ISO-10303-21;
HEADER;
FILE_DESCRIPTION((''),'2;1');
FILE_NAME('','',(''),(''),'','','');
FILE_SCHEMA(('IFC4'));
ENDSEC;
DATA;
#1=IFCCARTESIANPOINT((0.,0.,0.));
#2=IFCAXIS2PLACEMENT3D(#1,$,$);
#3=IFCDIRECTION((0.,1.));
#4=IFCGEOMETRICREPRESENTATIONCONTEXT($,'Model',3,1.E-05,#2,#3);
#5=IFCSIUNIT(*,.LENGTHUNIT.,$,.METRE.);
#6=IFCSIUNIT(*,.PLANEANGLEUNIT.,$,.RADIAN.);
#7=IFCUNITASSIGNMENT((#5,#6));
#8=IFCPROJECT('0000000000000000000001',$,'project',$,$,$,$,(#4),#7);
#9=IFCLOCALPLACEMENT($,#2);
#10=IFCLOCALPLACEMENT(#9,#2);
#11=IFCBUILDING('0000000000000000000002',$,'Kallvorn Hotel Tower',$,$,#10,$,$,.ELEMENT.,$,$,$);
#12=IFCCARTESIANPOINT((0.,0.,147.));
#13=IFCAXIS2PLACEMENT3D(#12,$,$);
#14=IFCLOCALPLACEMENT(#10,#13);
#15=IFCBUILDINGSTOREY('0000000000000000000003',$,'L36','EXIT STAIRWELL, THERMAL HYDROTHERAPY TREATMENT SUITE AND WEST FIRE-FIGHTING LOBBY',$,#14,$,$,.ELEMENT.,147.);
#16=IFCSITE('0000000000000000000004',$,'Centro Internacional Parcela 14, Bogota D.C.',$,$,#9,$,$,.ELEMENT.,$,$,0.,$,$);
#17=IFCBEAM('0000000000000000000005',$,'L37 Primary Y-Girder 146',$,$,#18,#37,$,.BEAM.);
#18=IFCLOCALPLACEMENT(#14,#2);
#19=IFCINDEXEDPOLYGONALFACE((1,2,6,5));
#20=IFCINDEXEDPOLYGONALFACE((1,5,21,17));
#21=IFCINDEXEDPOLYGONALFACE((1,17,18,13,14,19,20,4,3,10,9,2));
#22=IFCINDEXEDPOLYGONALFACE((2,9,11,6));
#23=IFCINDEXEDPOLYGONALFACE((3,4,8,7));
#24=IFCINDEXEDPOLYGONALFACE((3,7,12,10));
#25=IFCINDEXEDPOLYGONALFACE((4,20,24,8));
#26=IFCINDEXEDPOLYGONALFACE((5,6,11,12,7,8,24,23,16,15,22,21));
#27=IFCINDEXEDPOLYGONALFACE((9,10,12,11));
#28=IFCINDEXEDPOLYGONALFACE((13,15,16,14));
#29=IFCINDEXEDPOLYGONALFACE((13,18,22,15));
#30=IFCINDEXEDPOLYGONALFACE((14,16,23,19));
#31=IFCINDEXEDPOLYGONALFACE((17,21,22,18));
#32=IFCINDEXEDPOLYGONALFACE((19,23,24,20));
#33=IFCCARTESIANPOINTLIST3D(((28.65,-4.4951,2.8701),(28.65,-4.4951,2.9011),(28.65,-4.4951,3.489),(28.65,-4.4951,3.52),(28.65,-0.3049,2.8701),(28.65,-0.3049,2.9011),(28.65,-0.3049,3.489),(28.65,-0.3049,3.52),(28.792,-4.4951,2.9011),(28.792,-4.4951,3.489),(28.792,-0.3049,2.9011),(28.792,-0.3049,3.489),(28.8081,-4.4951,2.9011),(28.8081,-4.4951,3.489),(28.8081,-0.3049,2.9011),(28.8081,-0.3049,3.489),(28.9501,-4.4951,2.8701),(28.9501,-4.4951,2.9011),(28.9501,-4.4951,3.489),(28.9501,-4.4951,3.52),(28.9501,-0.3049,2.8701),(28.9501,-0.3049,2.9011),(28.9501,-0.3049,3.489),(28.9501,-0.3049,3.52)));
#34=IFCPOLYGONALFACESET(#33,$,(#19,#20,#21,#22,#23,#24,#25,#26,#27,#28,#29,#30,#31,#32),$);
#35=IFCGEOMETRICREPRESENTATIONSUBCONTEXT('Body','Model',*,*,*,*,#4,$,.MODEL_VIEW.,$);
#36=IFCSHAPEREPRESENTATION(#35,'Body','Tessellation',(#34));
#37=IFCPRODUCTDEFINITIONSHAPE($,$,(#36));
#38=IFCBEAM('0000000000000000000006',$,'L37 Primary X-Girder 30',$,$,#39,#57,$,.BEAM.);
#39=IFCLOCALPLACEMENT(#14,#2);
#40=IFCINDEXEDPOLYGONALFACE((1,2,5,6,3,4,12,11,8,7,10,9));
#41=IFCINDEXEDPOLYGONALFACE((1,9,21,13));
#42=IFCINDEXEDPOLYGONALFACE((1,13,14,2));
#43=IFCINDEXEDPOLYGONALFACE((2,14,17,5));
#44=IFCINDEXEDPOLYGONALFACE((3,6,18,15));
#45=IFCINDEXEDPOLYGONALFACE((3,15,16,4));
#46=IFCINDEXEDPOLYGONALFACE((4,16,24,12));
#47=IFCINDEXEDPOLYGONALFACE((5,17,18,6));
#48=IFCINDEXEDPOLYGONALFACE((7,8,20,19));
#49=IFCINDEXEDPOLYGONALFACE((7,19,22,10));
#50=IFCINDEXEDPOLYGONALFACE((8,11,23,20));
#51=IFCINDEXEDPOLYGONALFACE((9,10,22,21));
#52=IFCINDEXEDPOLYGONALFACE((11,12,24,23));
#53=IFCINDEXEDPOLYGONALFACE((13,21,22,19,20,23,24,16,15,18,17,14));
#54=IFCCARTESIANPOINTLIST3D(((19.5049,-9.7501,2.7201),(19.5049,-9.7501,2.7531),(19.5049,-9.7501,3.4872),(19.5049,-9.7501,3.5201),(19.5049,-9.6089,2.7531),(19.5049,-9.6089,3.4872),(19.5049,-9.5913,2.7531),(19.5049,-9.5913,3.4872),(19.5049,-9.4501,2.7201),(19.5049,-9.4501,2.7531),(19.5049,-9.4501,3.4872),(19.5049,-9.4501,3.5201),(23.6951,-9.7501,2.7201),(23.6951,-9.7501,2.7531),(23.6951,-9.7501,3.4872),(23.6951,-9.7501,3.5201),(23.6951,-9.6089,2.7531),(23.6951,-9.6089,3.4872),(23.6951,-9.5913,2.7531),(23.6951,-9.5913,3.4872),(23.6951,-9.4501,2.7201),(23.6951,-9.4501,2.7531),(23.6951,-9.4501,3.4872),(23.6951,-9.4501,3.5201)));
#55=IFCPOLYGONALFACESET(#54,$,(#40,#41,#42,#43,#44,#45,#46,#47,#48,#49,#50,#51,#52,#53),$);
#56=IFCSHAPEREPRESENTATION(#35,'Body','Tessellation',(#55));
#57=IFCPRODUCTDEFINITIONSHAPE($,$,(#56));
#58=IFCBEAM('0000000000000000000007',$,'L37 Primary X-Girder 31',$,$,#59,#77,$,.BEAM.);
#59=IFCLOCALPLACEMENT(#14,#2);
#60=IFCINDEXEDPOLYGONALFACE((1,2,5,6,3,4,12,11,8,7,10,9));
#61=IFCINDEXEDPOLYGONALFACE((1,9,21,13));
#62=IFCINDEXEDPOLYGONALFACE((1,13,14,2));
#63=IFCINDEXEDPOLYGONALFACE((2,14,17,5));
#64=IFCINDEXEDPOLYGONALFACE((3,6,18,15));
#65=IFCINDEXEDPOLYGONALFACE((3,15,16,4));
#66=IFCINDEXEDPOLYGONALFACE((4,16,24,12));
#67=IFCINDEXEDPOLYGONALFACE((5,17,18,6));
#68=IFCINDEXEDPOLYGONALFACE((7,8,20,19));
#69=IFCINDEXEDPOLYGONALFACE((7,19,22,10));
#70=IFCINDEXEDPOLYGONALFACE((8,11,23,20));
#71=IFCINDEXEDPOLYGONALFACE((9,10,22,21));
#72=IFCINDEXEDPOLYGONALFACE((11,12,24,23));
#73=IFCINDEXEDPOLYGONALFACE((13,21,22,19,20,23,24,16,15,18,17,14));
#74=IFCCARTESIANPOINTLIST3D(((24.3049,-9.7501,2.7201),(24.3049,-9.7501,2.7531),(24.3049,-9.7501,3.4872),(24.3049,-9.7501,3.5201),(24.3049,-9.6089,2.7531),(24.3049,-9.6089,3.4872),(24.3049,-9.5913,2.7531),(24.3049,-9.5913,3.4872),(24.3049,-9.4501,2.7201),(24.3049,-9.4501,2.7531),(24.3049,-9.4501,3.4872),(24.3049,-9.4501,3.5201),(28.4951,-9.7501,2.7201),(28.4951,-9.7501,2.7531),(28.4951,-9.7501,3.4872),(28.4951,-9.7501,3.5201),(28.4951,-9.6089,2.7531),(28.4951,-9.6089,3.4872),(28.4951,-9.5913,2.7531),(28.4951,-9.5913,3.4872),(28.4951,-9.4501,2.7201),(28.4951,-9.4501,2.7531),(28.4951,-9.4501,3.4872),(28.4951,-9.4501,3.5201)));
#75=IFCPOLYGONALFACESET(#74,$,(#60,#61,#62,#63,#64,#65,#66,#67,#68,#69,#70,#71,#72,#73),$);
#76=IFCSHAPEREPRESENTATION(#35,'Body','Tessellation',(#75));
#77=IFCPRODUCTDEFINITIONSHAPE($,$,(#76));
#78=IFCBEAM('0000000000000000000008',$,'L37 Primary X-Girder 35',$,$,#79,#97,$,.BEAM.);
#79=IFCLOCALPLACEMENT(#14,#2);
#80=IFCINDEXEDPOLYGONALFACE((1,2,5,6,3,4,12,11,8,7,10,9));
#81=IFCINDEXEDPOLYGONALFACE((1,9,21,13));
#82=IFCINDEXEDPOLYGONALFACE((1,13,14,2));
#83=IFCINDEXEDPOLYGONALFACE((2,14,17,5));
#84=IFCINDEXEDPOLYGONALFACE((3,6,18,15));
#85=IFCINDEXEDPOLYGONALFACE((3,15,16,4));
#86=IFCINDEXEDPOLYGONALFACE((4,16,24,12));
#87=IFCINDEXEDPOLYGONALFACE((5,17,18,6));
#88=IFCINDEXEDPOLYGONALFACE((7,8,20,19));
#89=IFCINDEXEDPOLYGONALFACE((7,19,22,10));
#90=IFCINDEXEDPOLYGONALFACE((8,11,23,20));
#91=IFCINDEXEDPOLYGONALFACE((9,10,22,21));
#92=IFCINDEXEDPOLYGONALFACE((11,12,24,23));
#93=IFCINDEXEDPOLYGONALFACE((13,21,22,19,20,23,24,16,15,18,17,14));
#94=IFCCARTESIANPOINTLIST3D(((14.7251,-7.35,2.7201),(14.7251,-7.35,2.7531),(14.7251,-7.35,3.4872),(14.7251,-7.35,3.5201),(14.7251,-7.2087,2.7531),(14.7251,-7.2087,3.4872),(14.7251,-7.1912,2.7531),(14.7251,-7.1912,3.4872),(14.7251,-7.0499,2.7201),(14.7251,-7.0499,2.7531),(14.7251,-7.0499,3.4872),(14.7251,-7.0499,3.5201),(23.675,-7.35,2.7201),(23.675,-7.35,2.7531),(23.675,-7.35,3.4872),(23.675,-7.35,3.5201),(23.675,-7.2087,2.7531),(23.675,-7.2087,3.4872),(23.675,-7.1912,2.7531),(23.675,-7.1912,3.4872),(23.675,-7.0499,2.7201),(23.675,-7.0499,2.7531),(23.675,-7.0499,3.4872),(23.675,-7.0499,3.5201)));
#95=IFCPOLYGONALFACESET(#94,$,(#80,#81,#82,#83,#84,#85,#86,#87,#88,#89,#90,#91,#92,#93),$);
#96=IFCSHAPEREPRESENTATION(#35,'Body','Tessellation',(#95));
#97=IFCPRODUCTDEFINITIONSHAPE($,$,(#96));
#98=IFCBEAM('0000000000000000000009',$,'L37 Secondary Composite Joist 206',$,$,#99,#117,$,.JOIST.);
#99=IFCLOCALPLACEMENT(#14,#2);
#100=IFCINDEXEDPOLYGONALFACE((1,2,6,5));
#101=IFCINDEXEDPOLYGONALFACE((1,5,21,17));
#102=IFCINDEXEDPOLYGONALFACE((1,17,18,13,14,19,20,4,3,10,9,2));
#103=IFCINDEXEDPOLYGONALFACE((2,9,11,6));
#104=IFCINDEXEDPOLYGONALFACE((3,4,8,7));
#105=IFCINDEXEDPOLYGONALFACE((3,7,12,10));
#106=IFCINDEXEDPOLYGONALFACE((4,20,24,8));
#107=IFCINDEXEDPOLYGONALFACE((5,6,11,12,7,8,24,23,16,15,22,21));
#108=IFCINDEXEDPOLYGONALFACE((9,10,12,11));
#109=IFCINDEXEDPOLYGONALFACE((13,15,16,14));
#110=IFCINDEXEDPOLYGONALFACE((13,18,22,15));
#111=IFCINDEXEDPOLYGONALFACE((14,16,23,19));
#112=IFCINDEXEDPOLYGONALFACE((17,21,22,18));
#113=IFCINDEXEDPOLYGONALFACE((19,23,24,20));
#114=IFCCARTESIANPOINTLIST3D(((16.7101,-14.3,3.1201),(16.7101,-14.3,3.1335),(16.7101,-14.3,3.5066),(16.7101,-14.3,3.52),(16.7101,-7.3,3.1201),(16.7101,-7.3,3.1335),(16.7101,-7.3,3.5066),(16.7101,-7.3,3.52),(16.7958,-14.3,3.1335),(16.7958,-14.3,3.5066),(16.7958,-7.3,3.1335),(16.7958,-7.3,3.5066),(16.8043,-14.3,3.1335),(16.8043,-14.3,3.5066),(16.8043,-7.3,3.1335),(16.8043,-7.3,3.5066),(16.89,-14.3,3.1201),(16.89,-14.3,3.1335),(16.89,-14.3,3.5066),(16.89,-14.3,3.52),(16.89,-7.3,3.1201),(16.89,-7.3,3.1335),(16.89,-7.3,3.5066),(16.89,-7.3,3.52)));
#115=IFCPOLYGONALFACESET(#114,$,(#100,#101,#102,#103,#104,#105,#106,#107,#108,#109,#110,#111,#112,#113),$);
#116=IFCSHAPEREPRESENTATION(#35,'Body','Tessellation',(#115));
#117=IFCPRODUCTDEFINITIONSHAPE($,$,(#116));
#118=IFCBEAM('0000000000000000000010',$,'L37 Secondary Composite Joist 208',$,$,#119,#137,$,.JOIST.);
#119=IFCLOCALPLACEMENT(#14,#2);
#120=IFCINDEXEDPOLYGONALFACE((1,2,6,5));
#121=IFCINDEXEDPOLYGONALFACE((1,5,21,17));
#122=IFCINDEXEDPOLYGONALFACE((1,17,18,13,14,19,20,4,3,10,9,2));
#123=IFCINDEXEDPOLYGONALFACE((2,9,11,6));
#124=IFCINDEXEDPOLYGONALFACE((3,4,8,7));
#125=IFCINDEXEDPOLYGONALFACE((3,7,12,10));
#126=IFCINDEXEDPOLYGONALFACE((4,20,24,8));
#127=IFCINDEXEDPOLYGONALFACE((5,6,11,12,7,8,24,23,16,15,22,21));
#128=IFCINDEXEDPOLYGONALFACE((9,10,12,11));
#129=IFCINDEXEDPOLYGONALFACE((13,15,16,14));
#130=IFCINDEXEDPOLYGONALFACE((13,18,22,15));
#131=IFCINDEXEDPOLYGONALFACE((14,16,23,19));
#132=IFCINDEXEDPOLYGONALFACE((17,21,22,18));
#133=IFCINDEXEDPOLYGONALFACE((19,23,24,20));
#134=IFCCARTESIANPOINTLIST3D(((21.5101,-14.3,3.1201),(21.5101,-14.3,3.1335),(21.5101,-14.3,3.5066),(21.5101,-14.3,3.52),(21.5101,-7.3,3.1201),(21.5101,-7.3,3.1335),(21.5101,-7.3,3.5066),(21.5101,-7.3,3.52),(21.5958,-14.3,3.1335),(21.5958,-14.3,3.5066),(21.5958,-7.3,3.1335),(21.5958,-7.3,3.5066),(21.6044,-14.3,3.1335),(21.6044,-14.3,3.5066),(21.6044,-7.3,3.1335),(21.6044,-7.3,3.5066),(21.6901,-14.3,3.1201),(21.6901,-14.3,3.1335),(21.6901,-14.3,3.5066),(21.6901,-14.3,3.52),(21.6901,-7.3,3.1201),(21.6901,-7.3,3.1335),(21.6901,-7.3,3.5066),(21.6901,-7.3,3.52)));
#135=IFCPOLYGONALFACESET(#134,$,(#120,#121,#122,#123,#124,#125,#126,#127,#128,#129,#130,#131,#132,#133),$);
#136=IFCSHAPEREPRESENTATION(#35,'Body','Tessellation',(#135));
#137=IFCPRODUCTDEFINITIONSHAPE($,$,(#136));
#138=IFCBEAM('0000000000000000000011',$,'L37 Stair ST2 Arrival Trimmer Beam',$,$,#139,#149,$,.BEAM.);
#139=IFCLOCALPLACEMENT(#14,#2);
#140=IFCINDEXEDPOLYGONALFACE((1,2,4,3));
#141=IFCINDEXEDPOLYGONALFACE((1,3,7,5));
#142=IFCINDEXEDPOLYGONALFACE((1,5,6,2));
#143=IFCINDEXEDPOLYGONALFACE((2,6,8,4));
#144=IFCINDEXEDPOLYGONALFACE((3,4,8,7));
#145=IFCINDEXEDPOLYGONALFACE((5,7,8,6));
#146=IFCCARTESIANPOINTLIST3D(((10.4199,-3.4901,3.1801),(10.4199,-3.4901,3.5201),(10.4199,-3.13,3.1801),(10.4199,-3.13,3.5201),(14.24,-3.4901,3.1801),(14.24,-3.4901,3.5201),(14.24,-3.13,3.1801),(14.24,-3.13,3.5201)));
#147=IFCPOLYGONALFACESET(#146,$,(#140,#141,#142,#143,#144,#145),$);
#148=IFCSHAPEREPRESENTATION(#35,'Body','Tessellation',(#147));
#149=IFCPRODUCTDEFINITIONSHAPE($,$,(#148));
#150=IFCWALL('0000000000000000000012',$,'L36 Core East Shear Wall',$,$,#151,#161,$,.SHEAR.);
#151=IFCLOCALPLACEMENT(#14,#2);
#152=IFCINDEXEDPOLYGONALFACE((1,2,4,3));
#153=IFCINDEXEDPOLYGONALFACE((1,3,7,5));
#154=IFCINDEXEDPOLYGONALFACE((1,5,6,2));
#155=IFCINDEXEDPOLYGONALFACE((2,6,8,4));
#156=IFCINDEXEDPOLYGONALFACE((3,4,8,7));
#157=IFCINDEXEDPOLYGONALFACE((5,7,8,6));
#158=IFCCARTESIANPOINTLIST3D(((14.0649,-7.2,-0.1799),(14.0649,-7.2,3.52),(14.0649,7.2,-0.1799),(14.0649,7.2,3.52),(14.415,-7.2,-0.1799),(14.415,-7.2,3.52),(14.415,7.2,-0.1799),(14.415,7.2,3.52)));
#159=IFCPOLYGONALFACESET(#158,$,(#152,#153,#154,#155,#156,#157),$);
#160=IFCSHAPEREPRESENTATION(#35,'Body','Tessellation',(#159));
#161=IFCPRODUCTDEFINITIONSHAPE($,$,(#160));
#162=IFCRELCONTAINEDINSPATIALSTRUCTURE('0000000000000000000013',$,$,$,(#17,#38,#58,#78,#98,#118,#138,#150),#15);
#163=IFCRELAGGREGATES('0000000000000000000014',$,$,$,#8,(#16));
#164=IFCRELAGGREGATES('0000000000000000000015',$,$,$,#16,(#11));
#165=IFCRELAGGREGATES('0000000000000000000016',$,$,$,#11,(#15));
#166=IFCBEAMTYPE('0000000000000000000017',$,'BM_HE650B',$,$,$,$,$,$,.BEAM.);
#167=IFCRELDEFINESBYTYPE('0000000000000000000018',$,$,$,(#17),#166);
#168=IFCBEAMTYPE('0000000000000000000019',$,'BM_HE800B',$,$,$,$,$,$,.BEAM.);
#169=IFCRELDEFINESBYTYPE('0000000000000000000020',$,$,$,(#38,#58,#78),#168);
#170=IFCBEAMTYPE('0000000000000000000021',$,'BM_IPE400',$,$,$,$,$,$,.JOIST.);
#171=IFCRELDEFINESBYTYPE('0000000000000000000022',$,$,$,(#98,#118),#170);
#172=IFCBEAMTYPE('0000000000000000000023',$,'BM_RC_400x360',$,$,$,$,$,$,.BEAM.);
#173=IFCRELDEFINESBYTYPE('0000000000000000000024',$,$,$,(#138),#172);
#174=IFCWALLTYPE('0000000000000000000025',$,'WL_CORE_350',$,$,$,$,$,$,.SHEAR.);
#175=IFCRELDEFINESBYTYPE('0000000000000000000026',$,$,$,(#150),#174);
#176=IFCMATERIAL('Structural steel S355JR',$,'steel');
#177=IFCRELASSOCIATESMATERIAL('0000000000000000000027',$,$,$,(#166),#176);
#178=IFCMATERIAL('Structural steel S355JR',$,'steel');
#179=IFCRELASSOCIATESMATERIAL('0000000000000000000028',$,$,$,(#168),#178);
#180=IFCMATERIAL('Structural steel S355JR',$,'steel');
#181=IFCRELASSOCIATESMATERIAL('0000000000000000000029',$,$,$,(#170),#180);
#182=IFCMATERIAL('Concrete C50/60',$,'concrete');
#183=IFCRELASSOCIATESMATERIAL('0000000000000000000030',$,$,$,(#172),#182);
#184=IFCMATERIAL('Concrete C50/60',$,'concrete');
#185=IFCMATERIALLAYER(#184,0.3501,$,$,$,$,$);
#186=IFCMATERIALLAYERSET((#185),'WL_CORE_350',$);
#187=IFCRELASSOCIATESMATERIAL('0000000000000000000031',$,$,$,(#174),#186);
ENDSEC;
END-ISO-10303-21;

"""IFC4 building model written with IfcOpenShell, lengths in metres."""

from ifc_helpers import new_model, si_unit, direction, frame, frame_2d, origin, origin_2d, place, context, subcontext, project, spatial, rectangle, i_section, extrude, material, layer, layer_set, material_profile, profile_set, type_object, element, save


model = new_model("IFC4")

# Units and contexts
model_context = context("Model", 3, precision=1e-05, world=origin(), true_north=direction((0.0, 1.0)))
body_context = subcontext(model_context, "Body", "Model", "MODEL_VIEW")
ifc_project = project(units=[si_unit("LENGTHUNIT", "METRE"), si_unit("PLANEANGLEUNIT", "RADIAN")], contexts=[model_context])

# Site, building, storey
site_placement = place(None, origin())
site = spatial("IfcSite", under=ifc_project, at=site_placement, Name="Centro Internacional Parcela 14, Bogota D.C.", CompositionType="ELEMENT", RefElevation=0.0)
building_placement = place(site_placement, origin())
building = spatial("IfcBuilding", under=site, at=building_placement, Name="Kallvorn Hotel Tower", CompositionType="ELEMENT")
storey_placement = place(building_placement, frame((0.0, 0.0, 147.0)))
storey = spatial("IfcBuildingStorey", under=building, at=storey_placement, Name="L36", Description="EXIT STAIRWELL, THERMAL HYDROTHERAPY TREATMENT SUITE AND WEST FIRE-FIGHTING LOBBY", CompositionType="ELEMENT", Elevation=147.0)

# Beams
ifc_material_1 = material(Name="Structural steel S355JR", Category="steel")
ifc_material_profile_1 = material_profile(ifc_material_1, i_section(OverallWidth=0.3, OverallDepth=0.6499, WebThickness=0.0161, FlangeThickness=0.031, at=origin_2d()), Name="HE 650 B")
ifc_profile_set_1 = profile_set([ifc_material_profile_1], Name="Structural steel S355JR")
beam_type_1 = type_object("IfcBeamType", Name="BM_HE650B", PredefinedType="BEAM", material=ifc_profile_set_1)
beam_1_placement = place(storey_placement, frame((28.8, -4.4951, 3.1951), z_axis=(0.0, 1.0, 0.0), x_axis=(-1.0, 0.0, 0.0)))
element("IfcBeam", 1, at=beam_1_placement, inside=storey, type_object=beam_type_1, Name="L37 Primary Y-Girder 146", PredefinedType="BEAM", context=body_context, shape_type="SweptSolid", body=[
    extrude(i_section(OverallWidth=0.3, OverallDepth=0.6499, WebThickness=0.0161, FlangeThickness=0.031, at=origin_2d()), origin(), (0.0, 0.0, 1.0), 4.1902),
])
ifc_material_2 = material(Name="Structural steel S355JR", Category="steel")
ifc_material_profile_2 = material_profile(ifc_material_2, i_section(OverallWidth=0.3, OverallDepth=0.8, WebThickness=0.0176, FlangeThickness=0.033, at=origin_2d()), Name="HE 800 B")
ifc_profile_set_2 = profile_set([ifc_material_profile_2], Name="Structural steel S355JR")
beam_type_2 = type_object("IfcBeamType", Name="BM_HE800B", PredefinedType="BEAM", material=ifc_profile_set_2)
for number, where, z_axis, x_axis, name in (
    (2, (19.5049, -9.6001, 3.1201), (1.0, 0.0, 0.0), (0.0, 1.0, 0.0), "L37 Primary X-Girder 30"),
    (3, (24.3049, -9.6001, 3.1201), (1.0, 0.0, 0.0), (0.0, 1.0, 0.0), "L37 Primary X-Girder 31"),
):
    element("IfcBeam", number, at=place(storey_placement, frame(where, z_axis=z_axis, x_axis=x_axis)), inside=storey, type_object=beam_type_2, Name=name, PredefinedType="BEAM", context=body_context, shape_type="SweptSolid", body=[
        extrude(i_section(OverallWidth=0.3, OverallDepth=0.8, WebThickness=0.0176, FlangeThickness=0.033, at=origin_2d()), origin(), (0.0, 0.0, 1.0), 4.1902),
    ])
beam_2_placement = place(storey_placement, frame((14.7251, -7.2, 3.1201), z_axis=(1.0, 0.0, 0.0), x_axis=(0.0, 1.0, 0.0)))
element("IfcBeam", 4, at=beam_2_placement, inside=storey, type_object=beam_type_2, Name="L37 Primary X-Girder 35", PredefinedType="BEAM", context=body_context, shape_type="SweptSolid", body=[
    extrude(i_section(OverallWidth=0.3, OverallDepth=0.8, WebThickness=0.0176, FlangeThickness=0.033, at=origin_2d()), origin(), (0.0, 0.0, 1.0), 8.95),
])
ifc_material_3 = material(Name="Structural steel S355JR", Category="steel")
ifc_material_profile_3 = material_profile(ifc_material_3, i_section(OverallWidth=0.1799, OverallDepth=0.3999, WebThickness=0.0085, FlangeThickness=0.0134, at=origin_2d()), Name="IPE 400")
ifc_profile_set_3 = profile_set([ifc_material_profile_3], Name="Structural steel S355JR")
beam_type_3 = type_object("IfcBeamType", Name="BM_IPE400", PredefinedType="JOIST", material=ifc_profile_set_3)
for number, where, z_axis, x_axis, name in (
    (5, (16.8, -14.3, 3.3201), (0.0, 1.0, 0.0), (-1.0, 0.0, 0.0), "L37 Secondary Composite Joist 206"),
    (6, (21.6001, -14.3, 3.3201), (0.0, 1.0, 0.0), (-1.0, 0.0, 0.0), "L37 Secondary Composite Joist 208"),
):
    element("IfcBeam", number, at=place(storey_placement, frame(where, z_axis=z_axis, x_axis=x_axis)), inside=storey, type_object=beam_type_3, Name=name, PredefinedType="JOIST", context=body_context, shape_type="SweptSolid", body=[
        extrude(i_section(OverallWidth=0.1799, OverallDepth=0.3999, WebThickness=0.0085, FlangeThickness=0.0134, at=origin_2d()), origin(), (0.0, 0.0, 1.0), 7.0),
    ])
ifc_material_4 = material(Name="Concrete C50/60", Category="concrete")
ifc_material_profile_4 = material_profile(ifc_material_4, rectangle(XDim=0.3601, YDim=0.3401, at=origin_2d()), Name="RC 360x340")
ifc_profile_set_4 = profile_set([ifc_material_profile_4], Name="Concrete C50/60")
beam_type_4 = type_object("IfcBeamType", Name="BM_RC_400x360", PredefinedType="BEAM", material=ifc_profile_set_4)
beam_3_placement = place(storey_placement, frame((14.24, -3.3101, 3.3501), z_axis=(-1.0, 0.0, 0.0), x_axis=(0.0, -1.0, 0.0)))
element("IfcBeam", 7, at=beam_3_placement, inside=storey, type_object=beam_type_4, Name="L37 Stair ST2 Arrival Trimmer Beam", PredefinedType="BEAM", context=body_context, shape_type="SweptSolid", body=[
    extrude(rectangle(XDim=0.3601, YDim=0.3401, at=origin_2d()), origin(), (0.0, 0.0, 1.0), 3.8201),
])

# Wall
ifc_material_5 = material(Name="Concrete C50/60", Category="concrete")
ifc_layer_1 = layer(ifc_material_5, 0.3501)
ifc_layer_set_1 = layer_set([ifc_layer_1], Name="WL_CORE_350")
wall_type = type_object("IfcWallType", Name="WL_CORE_350", PredefinedType="SHEAR", material=ifc_layer_set_1)
wall_placement = place(storey_placement, frame((14.24, -7.2, -0.1799), z_axis=(0.0, 0.0, 1.0), x_axis=(0.0, 1.0, 0.0)))
element("IfcWall", 8, at=wall_placement, inside=storey, type_object=wall_type, Name="L36 Core East Shear Wall", PredefinedType="SHEAR", context=body_context, shape_type="SweptSolid", body=[
    extrude(rectangle(XDim=14.3999, YDim=0.3501, at=frame_2d((7.2, 0.0))), origin(), (0.0, 0.0, 1.0), 3.7),
])

save(model, "model.ifc")
